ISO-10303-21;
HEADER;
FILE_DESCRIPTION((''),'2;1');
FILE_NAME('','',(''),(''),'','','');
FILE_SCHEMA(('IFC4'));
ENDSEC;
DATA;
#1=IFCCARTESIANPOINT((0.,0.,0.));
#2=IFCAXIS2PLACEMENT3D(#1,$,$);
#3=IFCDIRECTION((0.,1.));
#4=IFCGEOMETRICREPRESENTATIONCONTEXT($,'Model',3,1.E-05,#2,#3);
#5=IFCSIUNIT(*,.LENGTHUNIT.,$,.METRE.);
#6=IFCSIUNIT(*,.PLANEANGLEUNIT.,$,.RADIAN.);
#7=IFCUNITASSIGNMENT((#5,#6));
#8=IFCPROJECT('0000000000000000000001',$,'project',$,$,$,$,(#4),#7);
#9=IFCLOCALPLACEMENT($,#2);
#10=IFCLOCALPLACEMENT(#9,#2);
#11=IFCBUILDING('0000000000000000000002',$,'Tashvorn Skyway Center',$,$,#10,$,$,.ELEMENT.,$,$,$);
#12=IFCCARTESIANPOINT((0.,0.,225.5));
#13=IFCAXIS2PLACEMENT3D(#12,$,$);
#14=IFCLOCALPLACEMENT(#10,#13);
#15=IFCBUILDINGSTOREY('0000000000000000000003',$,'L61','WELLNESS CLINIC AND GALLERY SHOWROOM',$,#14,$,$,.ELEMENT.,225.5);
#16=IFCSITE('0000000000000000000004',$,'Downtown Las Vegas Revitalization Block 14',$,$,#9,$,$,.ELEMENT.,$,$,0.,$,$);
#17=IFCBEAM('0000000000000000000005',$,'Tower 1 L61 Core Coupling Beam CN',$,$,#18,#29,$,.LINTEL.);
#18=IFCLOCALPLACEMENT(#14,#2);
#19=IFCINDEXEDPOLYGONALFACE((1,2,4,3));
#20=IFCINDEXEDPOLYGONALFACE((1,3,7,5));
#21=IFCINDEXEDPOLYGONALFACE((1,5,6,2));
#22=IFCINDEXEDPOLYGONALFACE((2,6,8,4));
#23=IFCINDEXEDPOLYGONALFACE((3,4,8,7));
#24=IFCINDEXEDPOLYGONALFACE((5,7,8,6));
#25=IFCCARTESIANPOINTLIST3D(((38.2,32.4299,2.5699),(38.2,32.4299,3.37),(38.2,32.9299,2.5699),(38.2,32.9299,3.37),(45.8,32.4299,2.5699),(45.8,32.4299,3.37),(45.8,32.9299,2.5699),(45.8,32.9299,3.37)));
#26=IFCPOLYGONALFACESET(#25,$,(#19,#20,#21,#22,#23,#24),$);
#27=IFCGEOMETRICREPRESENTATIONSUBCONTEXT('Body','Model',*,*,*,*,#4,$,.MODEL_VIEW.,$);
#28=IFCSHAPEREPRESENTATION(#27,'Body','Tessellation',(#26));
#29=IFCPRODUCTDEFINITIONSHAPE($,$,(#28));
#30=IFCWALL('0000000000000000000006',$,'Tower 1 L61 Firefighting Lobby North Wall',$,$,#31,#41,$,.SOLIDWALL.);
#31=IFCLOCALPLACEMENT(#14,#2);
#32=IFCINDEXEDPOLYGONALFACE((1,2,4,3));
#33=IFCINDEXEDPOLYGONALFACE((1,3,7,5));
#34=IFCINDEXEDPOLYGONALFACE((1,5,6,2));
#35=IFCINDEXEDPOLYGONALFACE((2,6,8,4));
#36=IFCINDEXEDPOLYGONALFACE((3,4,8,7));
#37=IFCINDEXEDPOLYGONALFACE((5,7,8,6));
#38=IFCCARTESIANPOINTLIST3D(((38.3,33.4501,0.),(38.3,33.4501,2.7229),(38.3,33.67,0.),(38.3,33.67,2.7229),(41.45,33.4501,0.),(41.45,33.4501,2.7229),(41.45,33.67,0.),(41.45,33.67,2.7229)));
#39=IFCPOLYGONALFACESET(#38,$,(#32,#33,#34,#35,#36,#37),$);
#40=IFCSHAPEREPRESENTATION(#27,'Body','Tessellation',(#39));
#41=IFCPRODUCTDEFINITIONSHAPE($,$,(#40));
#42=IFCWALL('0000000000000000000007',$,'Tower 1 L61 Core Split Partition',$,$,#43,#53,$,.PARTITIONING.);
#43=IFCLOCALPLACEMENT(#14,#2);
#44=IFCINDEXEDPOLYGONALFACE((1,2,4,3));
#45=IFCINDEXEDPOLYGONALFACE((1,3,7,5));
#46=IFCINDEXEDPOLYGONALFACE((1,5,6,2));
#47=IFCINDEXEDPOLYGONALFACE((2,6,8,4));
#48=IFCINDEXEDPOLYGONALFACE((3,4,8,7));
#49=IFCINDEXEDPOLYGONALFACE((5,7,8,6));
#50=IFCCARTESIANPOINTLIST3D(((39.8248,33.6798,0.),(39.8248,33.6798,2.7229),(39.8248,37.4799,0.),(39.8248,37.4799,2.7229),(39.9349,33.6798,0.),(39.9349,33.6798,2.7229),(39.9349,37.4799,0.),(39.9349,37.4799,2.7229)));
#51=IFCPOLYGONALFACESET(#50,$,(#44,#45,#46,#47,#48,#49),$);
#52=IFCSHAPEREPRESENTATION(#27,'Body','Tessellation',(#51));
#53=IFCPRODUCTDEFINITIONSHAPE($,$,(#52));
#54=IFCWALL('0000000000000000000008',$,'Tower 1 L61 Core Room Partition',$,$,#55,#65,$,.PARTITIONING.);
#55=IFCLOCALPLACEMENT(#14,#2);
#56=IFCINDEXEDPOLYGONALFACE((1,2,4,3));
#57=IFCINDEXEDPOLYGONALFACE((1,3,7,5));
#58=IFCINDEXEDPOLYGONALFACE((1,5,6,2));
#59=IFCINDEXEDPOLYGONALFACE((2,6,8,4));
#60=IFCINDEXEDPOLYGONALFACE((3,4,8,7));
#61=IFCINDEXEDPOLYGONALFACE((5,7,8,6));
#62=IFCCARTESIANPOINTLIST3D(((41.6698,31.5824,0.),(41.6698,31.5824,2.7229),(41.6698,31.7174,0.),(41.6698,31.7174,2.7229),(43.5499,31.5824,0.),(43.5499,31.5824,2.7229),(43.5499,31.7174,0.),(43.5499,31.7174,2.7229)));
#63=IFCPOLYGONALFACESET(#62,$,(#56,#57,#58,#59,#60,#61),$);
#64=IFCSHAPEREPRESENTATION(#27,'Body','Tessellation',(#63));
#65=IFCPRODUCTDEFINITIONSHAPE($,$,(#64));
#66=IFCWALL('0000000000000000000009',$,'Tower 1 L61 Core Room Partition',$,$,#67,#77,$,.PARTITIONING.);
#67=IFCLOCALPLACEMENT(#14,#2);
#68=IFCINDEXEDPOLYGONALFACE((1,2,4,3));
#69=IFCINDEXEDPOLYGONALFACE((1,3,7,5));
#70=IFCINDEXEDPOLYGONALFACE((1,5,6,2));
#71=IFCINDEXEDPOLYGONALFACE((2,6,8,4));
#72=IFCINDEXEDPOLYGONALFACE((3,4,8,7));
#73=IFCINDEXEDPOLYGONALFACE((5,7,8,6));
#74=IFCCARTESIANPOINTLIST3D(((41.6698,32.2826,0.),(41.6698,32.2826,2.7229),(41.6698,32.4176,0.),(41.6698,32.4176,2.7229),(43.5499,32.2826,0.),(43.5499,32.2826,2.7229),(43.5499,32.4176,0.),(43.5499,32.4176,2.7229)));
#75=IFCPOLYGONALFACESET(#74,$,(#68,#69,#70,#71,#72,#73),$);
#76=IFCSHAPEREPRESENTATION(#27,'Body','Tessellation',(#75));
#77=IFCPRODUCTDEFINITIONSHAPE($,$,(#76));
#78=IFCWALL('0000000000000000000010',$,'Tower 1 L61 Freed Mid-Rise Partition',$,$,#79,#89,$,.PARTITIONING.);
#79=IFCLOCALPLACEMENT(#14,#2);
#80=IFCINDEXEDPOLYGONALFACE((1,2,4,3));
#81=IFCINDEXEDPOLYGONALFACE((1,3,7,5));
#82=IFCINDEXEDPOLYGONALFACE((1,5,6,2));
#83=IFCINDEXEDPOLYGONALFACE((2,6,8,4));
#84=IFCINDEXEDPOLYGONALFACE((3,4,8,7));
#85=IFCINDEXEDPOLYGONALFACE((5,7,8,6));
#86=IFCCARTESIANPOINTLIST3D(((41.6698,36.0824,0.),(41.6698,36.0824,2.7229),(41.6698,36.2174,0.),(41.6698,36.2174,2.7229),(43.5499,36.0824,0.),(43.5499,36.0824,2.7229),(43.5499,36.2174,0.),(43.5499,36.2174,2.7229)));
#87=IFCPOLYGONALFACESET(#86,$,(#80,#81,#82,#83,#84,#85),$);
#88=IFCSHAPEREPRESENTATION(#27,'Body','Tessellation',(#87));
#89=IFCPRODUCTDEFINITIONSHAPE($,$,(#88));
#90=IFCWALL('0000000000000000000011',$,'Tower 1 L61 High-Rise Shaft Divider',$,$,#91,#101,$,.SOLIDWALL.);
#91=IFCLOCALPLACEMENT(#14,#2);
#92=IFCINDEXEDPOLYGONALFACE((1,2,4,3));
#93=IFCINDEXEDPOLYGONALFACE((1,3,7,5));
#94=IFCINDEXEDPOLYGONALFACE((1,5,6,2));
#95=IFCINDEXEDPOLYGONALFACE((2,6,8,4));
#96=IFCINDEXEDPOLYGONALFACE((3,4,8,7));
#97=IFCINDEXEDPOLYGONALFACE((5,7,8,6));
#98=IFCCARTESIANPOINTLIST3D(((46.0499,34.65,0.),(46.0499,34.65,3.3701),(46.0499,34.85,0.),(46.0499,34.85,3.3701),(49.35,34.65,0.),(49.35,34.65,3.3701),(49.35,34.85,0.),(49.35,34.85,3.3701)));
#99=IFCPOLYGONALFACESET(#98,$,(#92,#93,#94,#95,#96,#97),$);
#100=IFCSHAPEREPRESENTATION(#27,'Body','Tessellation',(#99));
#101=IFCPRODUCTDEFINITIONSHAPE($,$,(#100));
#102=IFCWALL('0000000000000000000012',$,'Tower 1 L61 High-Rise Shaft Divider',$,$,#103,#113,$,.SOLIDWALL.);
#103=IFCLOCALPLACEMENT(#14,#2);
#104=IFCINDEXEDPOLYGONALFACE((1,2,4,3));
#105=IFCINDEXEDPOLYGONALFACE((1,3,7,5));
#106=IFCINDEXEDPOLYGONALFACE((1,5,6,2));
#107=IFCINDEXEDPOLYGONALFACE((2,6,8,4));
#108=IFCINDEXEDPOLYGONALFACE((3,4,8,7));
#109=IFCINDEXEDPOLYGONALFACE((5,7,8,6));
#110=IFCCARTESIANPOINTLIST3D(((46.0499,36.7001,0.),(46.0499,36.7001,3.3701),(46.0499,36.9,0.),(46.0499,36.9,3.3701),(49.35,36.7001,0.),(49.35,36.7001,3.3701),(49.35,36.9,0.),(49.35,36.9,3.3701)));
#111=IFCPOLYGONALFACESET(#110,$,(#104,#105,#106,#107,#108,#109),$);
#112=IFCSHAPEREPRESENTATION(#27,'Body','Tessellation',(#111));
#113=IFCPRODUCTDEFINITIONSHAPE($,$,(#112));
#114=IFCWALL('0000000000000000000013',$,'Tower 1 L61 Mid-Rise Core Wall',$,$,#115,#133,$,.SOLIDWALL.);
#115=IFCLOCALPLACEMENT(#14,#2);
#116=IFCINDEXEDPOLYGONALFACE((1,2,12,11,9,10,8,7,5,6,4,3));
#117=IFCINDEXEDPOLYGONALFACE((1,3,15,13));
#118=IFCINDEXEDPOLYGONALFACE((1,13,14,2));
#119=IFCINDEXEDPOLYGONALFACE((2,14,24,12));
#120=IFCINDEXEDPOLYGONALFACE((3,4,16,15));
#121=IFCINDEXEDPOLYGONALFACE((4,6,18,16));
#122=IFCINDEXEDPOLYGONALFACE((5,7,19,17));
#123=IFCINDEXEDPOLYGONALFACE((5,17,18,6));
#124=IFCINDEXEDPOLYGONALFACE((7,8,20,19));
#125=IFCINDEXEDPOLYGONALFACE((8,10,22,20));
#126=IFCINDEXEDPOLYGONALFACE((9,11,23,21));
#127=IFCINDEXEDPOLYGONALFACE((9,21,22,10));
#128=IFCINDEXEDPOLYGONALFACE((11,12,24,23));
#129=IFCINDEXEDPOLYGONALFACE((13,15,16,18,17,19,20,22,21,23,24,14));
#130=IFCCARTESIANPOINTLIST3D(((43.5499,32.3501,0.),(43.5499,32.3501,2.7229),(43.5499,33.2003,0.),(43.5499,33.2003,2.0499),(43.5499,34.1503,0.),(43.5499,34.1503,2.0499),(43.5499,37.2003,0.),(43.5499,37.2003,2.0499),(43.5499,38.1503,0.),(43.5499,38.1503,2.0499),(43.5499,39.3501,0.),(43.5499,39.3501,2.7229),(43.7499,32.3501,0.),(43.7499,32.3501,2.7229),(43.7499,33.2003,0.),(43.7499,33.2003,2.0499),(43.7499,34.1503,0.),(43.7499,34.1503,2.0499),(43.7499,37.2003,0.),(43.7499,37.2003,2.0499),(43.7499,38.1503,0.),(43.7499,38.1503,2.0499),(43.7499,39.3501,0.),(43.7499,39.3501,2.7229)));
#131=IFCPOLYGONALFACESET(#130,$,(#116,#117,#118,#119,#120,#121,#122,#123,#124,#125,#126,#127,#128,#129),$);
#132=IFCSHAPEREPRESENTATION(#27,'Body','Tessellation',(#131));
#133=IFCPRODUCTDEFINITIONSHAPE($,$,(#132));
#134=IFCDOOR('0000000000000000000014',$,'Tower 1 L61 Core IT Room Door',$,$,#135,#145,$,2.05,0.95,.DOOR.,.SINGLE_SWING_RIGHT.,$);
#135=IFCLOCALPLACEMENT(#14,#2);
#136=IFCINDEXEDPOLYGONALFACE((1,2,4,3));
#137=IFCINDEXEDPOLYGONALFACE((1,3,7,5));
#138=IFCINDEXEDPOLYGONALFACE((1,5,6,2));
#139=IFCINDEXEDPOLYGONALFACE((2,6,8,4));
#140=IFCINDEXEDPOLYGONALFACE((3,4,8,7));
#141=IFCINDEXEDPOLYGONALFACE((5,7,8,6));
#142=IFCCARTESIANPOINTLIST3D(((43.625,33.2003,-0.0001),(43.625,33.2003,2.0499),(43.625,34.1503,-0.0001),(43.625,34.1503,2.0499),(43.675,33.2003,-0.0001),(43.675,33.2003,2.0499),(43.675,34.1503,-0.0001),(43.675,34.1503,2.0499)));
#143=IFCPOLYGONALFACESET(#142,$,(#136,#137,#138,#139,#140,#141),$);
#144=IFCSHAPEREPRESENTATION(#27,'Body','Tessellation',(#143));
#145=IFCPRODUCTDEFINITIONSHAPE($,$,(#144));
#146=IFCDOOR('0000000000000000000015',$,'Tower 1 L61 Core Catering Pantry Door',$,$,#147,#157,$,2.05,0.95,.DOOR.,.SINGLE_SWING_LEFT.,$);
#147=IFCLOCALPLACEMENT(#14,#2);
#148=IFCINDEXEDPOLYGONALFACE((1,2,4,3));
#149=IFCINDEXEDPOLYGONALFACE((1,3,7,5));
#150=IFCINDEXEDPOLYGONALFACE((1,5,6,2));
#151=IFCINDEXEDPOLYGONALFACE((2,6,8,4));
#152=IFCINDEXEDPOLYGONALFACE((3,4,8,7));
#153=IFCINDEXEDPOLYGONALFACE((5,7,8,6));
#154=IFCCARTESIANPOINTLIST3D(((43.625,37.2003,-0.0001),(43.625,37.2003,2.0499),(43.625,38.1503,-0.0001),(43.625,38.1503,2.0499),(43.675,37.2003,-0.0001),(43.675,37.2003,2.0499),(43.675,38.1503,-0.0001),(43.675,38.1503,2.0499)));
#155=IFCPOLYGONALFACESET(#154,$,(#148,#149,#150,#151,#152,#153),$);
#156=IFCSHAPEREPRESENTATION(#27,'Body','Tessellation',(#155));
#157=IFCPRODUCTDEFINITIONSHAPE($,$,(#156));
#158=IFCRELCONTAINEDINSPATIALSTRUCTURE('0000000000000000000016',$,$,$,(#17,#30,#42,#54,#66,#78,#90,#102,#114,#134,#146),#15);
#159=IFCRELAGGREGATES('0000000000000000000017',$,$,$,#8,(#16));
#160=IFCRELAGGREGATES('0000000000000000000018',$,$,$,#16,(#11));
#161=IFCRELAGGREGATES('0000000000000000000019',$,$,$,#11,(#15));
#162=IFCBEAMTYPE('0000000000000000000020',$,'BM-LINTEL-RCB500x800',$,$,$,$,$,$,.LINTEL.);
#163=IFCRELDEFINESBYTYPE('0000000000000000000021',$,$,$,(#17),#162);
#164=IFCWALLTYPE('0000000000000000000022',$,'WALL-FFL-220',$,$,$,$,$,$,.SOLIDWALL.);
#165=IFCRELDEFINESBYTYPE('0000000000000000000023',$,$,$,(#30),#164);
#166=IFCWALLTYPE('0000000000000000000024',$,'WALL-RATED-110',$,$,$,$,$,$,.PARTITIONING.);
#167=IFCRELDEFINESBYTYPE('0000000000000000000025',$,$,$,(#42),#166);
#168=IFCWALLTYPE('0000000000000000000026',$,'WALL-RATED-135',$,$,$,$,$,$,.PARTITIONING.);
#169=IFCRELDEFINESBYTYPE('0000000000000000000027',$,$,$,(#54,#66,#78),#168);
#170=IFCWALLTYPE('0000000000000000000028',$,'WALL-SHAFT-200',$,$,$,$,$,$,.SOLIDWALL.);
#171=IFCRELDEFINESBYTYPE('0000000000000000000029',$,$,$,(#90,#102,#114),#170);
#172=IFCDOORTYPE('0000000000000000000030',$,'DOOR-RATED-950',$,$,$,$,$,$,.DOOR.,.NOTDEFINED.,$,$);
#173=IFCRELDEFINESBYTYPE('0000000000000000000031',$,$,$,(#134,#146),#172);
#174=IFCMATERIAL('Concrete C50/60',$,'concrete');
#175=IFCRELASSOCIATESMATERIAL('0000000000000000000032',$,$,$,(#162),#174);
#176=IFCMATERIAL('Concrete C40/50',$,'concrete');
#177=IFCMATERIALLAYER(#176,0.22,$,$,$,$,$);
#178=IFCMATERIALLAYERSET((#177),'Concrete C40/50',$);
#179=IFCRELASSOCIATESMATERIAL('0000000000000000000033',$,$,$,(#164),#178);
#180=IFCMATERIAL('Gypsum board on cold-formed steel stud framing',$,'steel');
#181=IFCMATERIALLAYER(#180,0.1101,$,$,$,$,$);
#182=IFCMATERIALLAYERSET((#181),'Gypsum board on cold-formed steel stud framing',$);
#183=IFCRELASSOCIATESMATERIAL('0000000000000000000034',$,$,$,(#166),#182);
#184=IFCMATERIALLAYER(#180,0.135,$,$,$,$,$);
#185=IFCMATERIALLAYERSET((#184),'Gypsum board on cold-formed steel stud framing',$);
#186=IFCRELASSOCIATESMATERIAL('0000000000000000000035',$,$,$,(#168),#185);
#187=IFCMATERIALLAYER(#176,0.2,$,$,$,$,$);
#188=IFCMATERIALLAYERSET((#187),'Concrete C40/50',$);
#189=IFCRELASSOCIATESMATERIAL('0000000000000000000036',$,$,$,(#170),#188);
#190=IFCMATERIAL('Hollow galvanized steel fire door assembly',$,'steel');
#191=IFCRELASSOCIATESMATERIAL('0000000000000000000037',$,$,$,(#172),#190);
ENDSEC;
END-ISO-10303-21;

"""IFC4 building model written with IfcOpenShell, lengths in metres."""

from ifc_helpers import new_model, si_unit, direction, frame, frame_2d, origin, origin_2d, place, context, subcontext, project, spatial, rectangle, extrude, material, layer, layer_set, material_profile, profile_set, type_object, element, fill, save


model = new_model("IFC4")

# Units and contexts
model_context = context("Model", 3, precision=1e-05, world=origin(), true_north=direction((0.0, 1.0)))
body_context = subcontext(model_context, "Body", "Model", "MODEL_VIEW")
ifc_project = project(units=[si_unit("LENGTHUNIT", "METRE"), si_unit("PLANEANGLEUNIT", "RADIAN")], contexts=[model_context])

# Site, building, storey
site_placement = place(None, origin())
site = spatial("IfcSite", under=ifc_project, at=site_placement, Name="Downtown Las Vegas Revitalization Block 14", CompositionType="ELEMENT", RefElevation=0.0)
building_placement = place(site_placement, origin())
building = spatial("IfcBuilding", under=site, at=building_placement, Name="Tashvorn Skyway Center", CompositionType="ELEMENT")
storey_placement = place(building_placement, frame((0.0, 0.0, 225.5)))
storey = spatial("IfcBuildingStorey", under=building, at=storey_placement, Name="L61", Description="WELLNESS CLINIC AND GALLERY SHOWROOM", CompositionType="ELEMENT", Elevation=225.5)

# Beam
ifc_material_1 = material(Name="Concrete C50/60", Category="concrete")
ifc_material_profile = material_profile(ifc_material_1, rectangle(XDim=0.5, YDim=0.8, at=origin_2d()), Name="RCB500x800")
ifc_profile_set = profile_set([ifc_material_profile], Name="Concrete C50/60")
beam_type = type_object("IfcBeamType", Name="BM-LINTEL-RCB500x800", PredefinedType="LINTEL", material=ifc_profile_set)
beam_placement = place(storey_placement, frame((38.2, 32.6799, 2.97), z_axis=(1.0, 0.0, 0.0), x_axis=(0.0, 1.0, 0.0)))
element("IfcBeam", 1, at=beam_placement, inside=storey, type_object=beam_type, Name="Tower 1 L61 Core Coupling Beam CN", PredefinedType="LINTEL", context=body_context, shape_type="SweptSolid", body=[
    extrude(rectangle(XDim=0.5, YDim=0.8, at=origin_2d()), origin(), (0.0, 0.0, 1.0), 7.6001),
])

# Walls
ifc_material_2 = material(Name="Concrete C40/50", Category="concrete")
ifc_layer_1 = layer(ifc_material_2, 0.22)
ifc_layer_set_1 = layer_set([ifc_layer_1], Name="Concrete C40/50")
wall_type_1 = type_object("IfcWallType", Name="WALL-FFL-220", PredefinedType="SOLIDWALL", material=ifc_layer_set_1)
wall_1_placement = place(storey_placement, frame((38.3, 33.5601, 0.0), z_axis=(0.0, 0.0, 1.0), x_axis=(1.0, 0.0, 0.0)))
element("IfcWall", 2, at=wall_1_placement, inside=storey, type_object=wall_type_1, Name="Tower 1 L61 Firefighting Lobby North Wall", PredefinedType="SOLIDWALL", context=body_context, shape_type="SweptSolid", body=[
    extrude(rectangle(XDim=3.1499, YDim=0.22, at=frame_2d((1.575, 0.0))), origin(), (0.0, 0.0, 1.0), 2.7229),
])
ifc_material_3 = material(Name="Gypsum board on cold-formed steel stud framing", Category="steel")
ifc_layer_2 = layer(ifc_material_3, 0.1101)
ifc_layer_set_2 = layer_set([ifc_layer_2], Name="Gypsum board on cold-formed steel stud framing")
wall_type_2 = type_object("IfcWallType", Name="WALL-RATED-110", PredefinedType="PARTITIONING", material=ifc_layer_set_2)
wall_2_placement = place(storey_placement, frame((39.8799, 33.6799, 0.0), z_axis=(0.0, 0.0, 1.0), x_axis=(0.0, 1.0, 0.0)))
element("IfcWall", 3, at=wall_2_placement, inside=storey, type_object=wall_type_2, Name="Tower 1 L61 Core Split Partition", PredefinedType="PARTITIONING", context=body_context, shape_type="SweptSolid", body=[
    extrude(rectangle(XDim=3.8, YDim=0.1101, at=frame_2d((1.8999, 0.0))), origin(), (0.0, 0.0, 1.0), 2.7229),
])
ifc_layer_3 = layer(ifc_material_3, 0.135)
ifc_layer_set_3 = layer_set([ifc_layer_3], Name="Gypsum board on cold-formed steel stud framing")
wall_type_3 = type_object("IfcWallType", Name="WALL-RATED-135", PredefinedType="PARTITIONING", material=ifc_layer_set_3)
for number, where, z_axis, x_axis, name in (
    (4, (41.6699, 31.6499, 0.0), (0.0, 0.0, 1.0), (1.0, 0.0, 0.0), "Tower 1 L61 Core Room Partition"),
    (5, (41.6699, 32.3501, 0.0), (0.0, 0.0, 1.0), (1.0, 0.0, 0.0), "Tower 1 L61 Core Room Partition"),
    (6, (41.6699, 36.1499, 0.0), (0.0, 0.0, 1.0), (1.0, 0.0, 0.0), "Tower 1 L61 Freed Mid-Rise Partition"),
):
    element("IfcWall", number, at=place(storey_placement, frame(where, z_axis=z_axis, x_axis=x_axis)), inside=storey, type_object=wall_type_3, Name=name, PredefinedType="PARTITIONING", context=body_context, shape_type="SweptSolid", body=[
        extrude(rectangle(XDim=1.8801, YDim=0.135, at=frame_2d((0.9399, 0.0))), origin(), (0.0, 0.0, 1.0), 2.7229),
    ])
ifc_layer_4 = layer(ifc_material_2, 0.2)
ifc_layer_set_4 = layer_set([ifc_layer_4], Name="Concrete C40/50")
wall_type_4 = type_object("IfcWallType", Name="WALL-SHAFT-200", PredefinedType="SOLIDWALL", material=ifc_layer_set_4)
for number, where, z_axis, x_axis, name in (
    (7, (46.05, 34.75, 0.0), (0.0, 0.0, 1.0), (1.0, 0.0, 0.0), "Tower 1 L61 High-Rise Shaft Divider"),
    (8, (46.05, 36.8, 0.0), (0.0, 0.0, 1.0), (1.0, 0.0, 0.0), "Tower 1 L61 High-Rise Shaft Divider"),
):
    element("IfcWall", number, at=place(storey_placement, frame(where, z_axis=z_axis, x_axis=x_axis)), inside=storey, type_object=wall_type_4, Name=name, PredefinedType="SOLIDWALL", context=body_context, shape_type="SweptSolid", body=[
        extrude(rectangle(XDim=3.3, YDim=0.2, at=frame_2d((1.6499, 0.0))), origin(), (0.0, 0.0, 1.0), 3.3701),
    ])

# Wall, openings, doors
wall_3_placement = place(storey_placement, frame((43.6499, 32.3501, 0.0), z_axis=(0.0, 0.0, 1.0), x_axis=(0.0, 1.0, 0.0)))
wall_3 = element("IfcWall", 9, at=wall_3_placement, inside=storey, type_object=wall_type_4, Name="Tower 1 L61 Mid-Rise Core Wall", PredefinedType="SOLIDWALL", context=body_context, shape_type="SweptSolid", body=[
    extrude(rectangle(XDim=7.0, YDim=0.2, at=frame_2d((3.5, 0.0))), origin(), (0.0, 0.0, 1.0), 2.7229),
])
opening_1_placement = place(wall_3_placement, frame((0.8501, 0.0, 0.0)))
opening_1 = element("IfcOpeningElement", 10, at=opening_1_placement, cuts=wall_3, PredefinedType="OPENING", context=body_context, shape_type="SweptSolid", body=[
    extrude(rectangle(XDim=0.95, YDim=2.05, at=frame_2d((0.4751, 1.0249))), frame((0.0, 0.1099, 0.0), z_axis=(0.0, -1.0, 0.0), x_axis=(1.0, 0.0, 0.0)), (0.0, 0.0, 1.0), 0.22),
])
opening_2_placement = place(wall_3_placement, frame((4.8501, 0.0, 0.0)))
opening_2 = element("IfcOpeningElement", 11, at=opening_2_placement, cuts=wall_3, PredefinedType="OPENING", context=body_context, shape_type="SweptSolid", body=[
    extrude(rectangle(XDim=0.95, YDim=2.05, at=frame_2d((0.4751, 1.0249))), frame((0.0, 0.1099, 0.0), z_axis=(0.0, -1.0, 0.0), x_axis=(1.0, 0.0, 0.0)), (0.0, 0.0, 1.0), 0.22),
])
ifc_material_4 = material(Name="Hollow galvanized steel fire door assembly", Category="steel")
door_type_1 = type_object("IfcDoorType", Name="DOOR-RATED-950", OperationType="NOTDEFINED", PredefinedType="DOOR", material=ifc_material_4)
door_1_placement = place(opening_1_placement, origin())
door_1 = element("IfcDoor", 12, at=door_1_placement, inside=storey, type_object=door_type_1, Name="Tower 1 L61 Core IT Room Door", OperationType="SINGLE_SWING_RIGHT", OverallHeight=2.05, OverallWidth=0.95, PredefinedType="DOOR", context=body_context, shape_type="SweptSolid", body=[
    extrude(rectangle(XDim=0.95, YDim=2.05, at=frame_2d((0.4751, 1.0249))), frame((0.0, 0.0249, 0.0), z_axis=(0.0, -1.0, 0.0), x_axis=(1.0, 0.0, 0.0)), (0.0, 0.0, 1.0), 0.05),
])
fill(opening_1, door_1)
door_2_placement = place(opening_2_placement, origin())
door_2 = element("IfcDoor", 13, at=door_2_placement, inside=storey, type_object=door_type_1, Name="Tower 1 L61 Core Catering Pantry Door", OperationType="SINGLE_SWING_LEFT", OverallHeight=2.05, OverallWidth=0.95, PredefinedType="DOOR", context=body_context, shape_type="SweptSolid", body=[
    extrude(rectangle(XDim=0.95, YDim=2.05, at=frame_2d((0.4751, 1.0249))), frame((0.0, 0.0249, 0.0), z_axis=(0.0, -1.0, 0.0), x_axis=(1.0, 0.0, 0.0)), (0.0, 0.0, 1.0), 0.05),
])
fill(opening_2, door_2)

save(model, "model.ifc")
